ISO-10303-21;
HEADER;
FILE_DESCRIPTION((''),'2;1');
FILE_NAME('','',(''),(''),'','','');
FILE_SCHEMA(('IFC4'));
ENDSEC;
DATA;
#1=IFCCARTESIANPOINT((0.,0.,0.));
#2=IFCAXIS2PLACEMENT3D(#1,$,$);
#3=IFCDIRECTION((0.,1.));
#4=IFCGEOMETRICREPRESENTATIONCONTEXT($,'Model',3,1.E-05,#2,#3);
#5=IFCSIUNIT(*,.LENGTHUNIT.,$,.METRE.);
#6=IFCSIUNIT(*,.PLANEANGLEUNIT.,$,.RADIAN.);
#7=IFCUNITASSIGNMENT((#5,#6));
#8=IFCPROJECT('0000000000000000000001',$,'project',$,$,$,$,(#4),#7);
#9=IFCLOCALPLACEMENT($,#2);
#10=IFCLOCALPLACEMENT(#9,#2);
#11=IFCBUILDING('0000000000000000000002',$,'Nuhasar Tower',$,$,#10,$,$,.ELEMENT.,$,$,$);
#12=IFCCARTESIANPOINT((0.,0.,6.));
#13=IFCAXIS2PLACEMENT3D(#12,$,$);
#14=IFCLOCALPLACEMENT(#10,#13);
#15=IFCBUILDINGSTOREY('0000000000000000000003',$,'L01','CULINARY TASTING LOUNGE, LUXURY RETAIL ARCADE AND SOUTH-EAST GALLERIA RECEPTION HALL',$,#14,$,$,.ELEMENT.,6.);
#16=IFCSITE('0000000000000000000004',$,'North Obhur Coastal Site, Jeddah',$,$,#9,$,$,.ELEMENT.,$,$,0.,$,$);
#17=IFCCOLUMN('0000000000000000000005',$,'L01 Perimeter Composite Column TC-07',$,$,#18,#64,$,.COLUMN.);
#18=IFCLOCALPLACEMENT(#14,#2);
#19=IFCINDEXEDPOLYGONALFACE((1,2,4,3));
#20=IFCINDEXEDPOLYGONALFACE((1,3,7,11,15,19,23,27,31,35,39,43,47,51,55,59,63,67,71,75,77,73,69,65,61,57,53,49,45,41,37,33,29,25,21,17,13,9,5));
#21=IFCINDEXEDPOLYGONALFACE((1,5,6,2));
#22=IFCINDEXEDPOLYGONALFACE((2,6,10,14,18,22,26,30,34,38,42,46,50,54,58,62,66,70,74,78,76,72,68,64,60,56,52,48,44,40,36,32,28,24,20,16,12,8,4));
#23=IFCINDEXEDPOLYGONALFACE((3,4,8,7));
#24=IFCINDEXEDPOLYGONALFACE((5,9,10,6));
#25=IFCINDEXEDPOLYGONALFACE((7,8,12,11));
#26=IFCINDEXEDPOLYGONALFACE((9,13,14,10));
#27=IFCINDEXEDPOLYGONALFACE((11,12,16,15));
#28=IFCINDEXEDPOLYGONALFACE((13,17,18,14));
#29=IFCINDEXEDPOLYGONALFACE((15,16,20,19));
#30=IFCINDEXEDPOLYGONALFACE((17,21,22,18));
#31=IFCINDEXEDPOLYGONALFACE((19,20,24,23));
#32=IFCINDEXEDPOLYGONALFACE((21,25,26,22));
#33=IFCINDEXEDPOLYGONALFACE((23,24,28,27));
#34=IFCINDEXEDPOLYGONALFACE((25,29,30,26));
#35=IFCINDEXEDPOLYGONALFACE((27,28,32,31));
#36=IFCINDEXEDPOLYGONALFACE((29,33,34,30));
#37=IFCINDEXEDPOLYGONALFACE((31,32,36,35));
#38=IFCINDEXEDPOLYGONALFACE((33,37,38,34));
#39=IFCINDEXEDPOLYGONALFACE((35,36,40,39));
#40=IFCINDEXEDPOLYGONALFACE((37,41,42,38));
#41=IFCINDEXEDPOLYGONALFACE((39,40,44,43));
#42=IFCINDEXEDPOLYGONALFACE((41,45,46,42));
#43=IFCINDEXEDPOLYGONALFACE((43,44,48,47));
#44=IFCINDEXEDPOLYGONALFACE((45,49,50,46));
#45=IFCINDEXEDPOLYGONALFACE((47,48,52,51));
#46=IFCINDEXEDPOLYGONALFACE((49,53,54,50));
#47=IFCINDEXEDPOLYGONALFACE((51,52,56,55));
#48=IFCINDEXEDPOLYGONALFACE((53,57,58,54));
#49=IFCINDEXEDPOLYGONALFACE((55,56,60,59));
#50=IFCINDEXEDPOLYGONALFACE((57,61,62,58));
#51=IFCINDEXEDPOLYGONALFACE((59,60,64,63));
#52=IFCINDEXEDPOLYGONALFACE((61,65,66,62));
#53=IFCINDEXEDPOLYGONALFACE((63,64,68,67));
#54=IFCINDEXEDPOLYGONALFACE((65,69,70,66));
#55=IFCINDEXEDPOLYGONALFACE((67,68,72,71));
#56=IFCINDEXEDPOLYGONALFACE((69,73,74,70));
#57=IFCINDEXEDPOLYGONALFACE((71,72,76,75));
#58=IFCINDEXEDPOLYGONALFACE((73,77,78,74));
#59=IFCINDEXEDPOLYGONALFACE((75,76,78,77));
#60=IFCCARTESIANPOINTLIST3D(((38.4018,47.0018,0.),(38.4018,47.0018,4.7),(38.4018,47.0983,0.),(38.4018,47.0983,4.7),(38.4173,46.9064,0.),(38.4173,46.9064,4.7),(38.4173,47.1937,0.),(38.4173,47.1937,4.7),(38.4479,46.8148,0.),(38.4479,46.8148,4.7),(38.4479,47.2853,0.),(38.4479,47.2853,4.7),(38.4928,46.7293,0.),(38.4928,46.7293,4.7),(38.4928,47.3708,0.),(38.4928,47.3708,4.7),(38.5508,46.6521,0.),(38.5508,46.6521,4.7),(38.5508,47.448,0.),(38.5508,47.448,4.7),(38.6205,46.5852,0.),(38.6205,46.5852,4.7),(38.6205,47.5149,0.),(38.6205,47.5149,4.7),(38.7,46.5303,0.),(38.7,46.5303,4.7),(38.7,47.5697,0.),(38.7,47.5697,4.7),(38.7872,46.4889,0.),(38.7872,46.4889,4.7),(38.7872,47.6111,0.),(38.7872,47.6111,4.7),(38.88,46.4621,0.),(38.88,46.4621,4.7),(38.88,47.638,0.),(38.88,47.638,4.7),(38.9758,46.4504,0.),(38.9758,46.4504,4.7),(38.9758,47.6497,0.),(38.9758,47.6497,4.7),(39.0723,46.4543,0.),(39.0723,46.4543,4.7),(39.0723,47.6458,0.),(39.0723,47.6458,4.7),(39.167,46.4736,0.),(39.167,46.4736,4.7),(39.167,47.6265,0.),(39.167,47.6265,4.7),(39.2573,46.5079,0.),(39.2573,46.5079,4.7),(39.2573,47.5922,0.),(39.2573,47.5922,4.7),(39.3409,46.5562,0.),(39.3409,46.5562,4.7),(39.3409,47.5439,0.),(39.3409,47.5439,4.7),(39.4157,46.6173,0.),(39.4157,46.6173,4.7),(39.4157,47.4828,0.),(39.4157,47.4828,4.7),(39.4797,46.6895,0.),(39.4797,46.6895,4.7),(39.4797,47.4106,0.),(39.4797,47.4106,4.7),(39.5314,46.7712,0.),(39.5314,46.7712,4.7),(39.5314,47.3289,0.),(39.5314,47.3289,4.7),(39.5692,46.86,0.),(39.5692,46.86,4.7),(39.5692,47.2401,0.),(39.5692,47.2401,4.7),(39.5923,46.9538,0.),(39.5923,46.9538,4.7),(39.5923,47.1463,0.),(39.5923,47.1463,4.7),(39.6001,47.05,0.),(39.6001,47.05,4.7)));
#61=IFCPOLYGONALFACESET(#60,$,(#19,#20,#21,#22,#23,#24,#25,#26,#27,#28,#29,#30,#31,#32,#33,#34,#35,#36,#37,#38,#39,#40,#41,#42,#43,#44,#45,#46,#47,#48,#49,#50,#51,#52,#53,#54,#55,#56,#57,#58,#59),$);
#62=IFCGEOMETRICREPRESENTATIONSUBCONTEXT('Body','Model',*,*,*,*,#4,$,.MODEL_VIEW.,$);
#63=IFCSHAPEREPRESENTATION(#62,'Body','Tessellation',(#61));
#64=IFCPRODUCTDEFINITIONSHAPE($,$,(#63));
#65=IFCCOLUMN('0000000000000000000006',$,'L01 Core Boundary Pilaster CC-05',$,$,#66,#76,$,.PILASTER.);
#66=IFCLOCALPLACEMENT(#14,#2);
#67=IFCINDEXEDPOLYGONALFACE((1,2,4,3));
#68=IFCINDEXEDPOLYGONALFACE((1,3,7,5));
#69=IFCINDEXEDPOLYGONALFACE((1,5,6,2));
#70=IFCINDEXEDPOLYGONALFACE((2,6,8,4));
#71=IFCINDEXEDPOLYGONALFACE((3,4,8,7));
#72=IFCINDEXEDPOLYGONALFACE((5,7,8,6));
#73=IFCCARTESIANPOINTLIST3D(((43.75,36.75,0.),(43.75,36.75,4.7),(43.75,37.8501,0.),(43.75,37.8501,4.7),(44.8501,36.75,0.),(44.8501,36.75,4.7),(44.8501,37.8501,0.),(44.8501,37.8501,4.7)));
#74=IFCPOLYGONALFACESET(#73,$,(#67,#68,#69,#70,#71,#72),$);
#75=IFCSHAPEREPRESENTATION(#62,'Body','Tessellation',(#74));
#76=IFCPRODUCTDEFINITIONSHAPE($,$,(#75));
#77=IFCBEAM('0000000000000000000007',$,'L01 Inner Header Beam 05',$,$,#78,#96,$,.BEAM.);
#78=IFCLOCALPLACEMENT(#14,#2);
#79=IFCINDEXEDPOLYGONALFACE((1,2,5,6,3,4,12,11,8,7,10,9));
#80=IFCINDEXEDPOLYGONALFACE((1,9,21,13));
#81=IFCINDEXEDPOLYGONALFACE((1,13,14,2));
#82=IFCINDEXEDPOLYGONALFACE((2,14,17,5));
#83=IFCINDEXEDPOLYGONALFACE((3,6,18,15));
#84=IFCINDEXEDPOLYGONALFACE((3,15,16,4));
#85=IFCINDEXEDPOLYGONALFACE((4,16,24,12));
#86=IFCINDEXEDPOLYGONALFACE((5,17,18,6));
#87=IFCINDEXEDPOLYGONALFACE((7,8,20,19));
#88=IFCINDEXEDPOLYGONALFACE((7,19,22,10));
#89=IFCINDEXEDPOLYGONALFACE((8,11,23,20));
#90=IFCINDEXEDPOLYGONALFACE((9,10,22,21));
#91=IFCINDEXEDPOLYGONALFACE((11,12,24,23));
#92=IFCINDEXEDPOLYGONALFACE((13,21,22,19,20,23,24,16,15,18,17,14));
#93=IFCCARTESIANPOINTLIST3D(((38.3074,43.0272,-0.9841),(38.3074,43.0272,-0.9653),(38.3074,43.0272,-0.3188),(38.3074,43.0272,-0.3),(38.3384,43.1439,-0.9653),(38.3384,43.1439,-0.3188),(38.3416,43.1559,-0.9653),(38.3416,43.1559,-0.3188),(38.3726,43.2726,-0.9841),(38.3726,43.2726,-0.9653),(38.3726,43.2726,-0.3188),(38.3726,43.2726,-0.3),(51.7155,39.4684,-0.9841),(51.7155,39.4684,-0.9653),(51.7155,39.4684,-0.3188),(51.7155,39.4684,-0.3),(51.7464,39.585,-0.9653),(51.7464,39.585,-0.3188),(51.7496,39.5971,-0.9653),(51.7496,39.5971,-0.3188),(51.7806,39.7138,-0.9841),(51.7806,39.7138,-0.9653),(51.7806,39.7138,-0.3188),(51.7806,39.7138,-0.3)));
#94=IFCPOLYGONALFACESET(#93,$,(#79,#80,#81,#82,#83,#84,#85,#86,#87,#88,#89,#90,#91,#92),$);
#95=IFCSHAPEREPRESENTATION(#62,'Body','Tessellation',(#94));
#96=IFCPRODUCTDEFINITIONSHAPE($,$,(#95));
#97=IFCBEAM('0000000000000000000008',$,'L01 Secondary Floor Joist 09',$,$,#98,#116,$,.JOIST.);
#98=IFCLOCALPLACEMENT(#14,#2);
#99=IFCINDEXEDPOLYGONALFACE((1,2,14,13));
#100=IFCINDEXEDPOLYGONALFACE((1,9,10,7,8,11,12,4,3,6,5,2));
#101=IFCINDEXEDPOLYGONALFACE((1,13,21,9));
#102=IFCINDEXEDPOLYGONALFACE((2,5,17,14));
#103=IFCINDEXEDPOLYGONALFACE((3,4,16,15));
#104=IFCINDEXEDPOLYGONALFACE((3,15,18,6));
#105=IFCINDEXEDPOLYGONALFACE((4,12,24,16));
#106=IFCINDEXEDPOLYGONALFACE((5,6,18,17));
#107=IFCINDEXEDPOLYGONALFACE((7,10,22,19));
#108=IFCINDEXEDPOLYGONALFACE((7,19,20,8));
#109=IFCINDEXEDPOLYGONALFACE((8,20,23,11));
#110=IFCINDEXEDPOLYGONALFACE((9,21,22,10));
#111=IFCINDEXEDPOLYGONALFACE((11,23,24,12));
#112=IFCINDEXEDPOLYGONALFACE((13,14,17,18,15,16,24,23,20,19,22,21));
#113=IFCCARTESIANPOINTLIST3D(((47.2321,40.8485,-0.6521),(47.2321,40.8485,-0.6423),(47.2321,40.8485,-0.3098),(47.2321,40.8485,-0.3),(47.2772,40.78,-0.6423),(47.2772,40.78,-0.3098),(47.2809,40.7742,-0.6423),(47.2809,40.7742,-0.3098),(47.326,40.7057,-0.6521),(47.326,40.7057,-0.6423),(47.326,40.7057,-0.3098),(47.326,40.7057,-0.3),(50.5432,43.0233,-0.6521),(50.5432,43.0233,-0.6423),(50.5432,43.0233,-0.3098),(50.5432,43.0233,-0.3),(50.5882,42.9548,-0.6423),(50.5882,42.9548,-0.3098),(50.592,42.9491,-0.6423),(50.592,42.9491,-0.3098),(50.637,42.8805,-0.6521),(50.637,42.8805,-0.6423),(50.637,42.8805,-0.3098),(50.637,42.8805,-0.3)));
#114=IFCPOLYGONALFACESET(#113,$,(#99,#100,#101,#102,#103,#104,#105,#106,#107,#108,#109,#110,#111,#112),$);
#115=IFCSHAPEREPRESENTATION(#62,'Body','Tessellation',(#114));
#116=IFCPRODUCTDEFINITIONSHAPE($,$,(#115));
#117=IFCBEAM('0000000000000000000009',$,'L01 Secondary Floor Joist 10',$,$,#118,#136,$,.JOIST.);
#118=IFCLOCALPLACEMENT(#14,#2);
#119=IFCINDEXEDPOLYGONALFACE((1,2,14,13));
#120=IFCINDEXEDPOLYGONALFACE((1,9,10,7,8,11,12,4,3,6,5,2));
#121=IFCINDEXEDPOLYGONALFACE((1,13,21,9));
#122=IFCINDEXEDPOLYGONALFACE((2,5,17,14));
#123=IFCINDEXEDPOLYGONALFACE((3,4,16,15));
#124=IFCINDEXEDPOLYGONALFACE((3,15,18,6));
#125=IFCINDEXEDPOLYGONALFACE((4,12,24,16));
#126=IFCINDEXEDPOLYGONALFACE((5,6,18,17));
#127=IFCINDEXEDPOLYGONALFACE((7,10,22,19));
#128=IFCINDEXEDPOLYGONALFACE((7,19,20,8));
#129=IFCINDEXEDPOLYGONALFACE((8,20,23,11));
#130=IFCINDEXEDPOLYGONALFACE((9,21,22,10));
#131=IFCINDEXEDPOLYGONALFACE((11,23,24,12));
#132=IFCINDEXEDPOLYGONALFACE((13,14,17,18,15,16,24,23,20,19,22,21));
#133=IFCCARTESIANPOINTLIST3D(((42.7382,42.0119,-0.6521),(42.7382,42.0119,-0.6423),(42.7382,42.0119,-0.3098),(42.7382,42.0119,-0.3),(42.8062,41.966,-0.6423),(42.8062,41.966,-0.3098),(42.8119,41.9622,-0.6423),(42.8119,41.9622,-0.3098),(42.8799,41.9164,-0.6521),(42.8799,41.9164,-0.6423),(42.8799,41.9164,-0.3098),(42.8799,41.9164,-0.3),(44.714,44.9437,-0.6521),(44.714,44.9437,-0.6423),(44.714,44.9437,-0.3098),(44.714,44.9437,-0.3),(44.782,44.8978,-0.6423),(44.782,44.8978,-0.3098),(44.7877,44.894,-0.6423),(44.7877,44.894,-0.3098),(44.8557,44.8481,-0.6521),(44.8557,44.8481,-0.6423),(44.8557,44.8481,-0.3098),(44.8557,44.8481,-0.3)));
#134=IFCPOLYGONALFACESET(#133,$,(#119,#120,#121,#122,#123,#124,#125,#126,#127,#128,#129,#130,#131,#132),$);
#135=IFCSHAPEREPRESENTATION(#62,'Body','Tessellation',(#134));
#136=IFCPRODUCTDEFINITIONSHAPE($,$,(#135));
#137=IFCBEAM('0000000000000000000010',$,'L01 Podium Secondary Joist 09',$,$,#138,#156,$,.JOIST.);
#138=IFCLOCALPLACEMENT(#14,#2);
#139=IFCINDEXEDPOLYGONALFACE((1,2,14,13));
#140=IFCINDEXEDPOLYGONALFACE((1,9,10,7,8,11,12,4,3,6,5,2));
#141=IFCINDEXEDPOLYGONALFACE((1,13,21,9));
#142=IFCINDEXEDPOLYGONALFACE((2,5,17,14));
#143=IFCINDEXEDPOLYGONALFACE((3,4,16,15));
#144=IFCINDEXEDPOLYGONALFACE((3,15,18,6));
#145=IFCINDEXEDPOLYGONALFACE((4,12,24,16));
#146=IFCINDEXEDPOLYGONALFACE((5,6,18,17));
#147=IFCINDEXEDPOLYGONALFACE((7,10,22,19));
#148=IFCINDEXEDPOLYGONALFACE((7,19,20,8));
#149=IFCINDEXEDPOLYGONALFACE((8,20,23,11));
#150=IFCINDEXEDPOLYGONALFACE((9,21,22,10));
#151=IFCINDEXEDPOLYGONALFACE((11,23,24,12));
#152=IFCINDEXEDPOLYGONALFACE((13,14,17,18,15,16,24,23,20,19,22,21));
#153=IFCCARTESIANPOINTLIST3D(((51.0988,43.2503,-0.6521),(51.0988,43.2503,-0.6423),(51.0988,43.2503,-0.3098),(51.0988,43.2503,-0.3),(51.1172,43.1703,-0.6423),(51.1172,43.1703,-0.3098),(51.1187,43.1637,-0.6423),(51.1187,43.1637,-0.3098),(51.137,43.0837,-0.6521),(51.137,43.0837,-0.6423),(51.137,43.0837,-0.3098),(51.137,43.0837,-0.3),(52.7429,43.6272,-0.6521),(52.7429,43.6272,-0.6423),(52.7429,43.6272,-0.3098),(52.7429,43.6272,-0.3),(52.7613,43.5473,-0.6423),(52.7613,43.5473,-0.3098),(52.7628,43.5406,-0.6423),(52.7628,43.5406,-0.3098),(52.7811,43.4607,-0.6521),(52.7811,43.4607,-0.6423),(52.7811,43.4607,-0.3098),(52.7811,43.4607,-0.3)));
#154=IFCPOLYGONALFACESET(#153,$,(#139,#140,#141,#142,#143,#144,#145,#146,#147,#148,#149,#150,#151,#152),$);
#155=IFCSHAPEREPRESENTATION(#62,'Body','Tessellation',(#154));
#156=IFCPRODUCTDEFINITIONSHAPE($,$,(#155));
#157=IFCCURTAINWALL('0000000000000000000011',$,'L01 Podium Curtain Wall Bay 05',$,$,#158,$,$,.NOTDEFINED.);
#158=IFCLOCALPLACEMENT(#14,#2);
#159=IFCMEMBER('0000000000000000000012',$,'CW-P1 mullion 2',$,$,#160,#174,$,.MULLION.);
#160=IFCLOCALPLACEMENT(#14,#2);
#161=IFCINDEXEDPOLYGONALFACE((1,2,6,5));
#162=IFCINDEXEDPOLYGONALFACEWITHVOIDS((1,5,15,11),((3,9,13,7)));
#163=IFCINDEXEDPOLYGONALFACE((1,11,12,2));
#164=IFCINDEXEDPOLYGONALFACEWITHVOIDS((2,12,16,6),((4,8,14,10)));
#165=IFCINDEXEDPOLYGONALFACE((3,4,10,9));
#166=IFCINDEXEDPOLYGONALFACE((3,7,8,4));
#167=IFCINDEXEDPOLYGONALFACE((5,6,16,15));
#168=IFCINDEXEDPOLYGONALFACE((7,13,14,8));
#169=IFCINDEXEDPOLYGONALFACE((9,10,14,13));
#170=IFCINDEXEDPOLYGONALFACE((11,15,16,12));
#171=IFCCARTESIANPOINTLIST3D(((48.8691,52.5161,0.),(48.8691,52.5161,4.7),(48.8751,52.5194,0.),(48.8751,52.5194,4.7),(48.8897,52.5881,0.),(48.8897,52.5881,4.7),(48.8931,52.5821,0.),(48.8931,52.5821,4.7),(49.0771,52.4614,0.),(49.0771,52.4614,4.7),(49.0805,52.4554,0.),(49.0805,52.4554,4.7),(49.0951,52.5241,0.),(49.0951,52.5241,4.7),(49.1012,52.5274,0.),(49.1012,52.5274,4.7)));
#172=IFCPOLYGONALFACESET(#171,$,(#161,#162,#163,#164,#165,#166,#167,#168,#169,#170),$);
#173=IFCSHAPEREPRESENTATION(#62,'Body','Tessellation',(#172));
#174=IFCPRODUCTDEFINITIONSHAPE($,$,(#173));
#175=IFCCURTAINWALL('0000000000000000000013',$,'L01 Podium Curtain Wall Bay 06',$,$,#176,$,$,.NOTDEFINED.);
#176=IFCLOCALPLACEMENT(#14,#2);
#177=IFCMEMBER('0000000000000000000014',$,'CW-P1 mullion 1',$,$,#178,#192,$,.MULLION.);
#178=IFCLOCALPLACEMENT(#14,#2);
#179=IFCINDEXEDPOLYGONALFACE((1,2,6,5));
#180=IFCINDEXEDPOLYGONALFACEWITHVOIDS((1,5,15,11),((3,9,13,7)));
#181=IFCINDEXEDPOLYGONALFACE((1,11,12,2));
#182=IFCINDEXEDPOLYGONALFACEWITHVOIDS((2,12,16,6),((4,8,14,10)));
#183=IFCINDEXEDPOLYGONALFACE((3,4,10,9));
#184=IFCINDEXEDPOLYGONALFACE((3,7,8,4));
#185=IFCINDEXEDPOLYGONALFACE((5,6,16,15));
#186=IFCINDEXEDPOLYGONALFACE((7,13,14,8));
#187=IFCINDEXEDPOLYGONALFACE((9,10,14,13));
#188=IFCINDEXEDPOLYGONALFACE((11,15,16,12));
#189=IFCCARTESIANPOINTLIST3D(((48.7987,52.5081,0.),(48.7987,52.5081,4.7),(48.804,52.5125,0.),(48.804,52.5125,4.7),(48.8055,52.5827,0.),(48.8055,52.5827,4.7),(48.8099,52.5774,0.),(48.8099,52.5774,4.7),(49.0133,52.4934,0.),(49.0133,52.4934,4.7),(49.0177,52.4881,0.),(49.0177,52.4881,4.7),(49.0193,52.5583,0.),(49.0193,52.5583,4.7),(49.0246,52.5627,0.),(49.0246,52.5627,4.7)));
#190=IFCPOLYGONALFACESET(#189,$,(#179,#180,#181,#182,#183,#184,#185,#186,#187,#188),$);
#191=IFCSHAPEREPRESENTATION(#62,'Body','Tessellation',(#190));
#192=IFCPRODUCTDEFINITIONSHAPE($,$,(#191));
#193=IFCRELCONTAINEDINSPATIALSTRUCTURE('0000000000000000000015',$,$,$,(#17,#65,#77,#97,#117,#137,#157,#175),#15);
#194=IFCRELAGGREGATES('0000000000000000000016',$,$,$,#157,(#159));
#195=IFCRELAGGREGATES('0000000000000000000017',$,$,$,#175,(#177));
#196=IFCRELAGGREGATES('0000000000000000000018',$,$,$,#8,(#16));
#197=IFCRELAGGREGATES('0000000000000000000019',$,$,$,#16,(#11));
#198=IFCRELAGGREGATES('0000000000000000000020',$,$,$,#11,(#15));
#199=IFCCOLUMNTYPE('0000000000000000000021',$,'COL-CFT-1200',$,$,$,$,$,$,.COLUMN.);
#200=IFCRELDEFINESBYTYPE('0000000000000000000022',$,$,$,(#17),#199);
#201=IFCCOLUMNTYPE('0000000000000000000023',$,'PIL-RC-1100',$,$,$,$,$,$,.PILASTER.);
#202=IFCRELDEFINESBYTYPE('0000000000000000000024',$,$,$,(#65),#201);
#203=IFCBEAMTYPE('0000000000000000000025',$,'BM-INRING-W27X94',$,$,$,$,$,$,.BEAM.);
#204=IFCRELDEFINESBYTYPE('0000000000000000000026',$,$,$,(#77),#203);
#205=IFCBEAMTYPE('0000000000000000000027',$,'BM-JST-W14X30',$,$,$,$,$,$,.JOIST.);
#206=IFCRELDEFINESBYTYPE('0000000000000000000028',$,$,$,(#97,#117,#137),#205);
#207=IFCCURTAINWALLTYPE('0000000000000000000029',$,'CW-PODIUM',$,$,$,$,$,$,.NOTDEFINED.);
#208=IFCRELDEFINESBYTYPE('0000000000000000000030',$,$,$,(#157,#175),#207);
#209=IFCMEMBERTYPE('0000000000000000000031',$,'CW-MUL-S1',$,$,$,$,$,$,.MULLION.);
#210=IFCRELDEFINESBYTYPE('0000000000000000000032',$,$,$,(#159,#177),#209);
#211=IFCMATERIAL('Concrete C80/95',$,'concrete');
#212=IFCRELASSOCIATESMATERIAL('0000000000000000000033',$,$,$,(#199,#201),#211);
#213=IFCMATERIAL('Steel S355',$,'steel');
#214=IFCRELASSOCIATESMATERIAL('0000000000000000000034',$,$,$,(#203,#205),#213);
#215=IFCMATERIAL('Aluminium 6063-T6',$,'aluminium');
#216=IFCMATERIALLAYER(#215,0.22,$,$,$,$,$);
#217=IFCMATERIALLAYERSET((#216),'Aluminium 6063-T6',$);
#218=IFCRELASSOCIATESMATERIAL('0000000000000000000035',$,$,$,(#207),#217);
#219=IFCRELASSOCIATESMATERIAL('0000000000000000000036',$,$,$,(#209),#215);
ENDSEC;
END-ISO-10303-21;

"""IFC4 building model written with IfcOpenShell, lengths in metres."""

from ifc_helpers import new_model, si_unit, direction, frame, origin, origin_2d, place, context, subcontext, project, spatial, rectangle, hollow_rectangle, circle, i_section, extrude, material, layer, layer_set, material_profile, profile_set, type_object, element, aggregate, save


model = new_model("IFC4")

# Units and contexts
model_context = context("Model", 3, precision=1e-05, world=origin(), true_north=direction((0.0, 1.0)))
body_context = subcontext(model_context, "Body", "Model", "MODEL_VIEW")
ifc_project = project(units=[si_unit("LENGTHUNIT", "METRE"), si_unit("PLANEANGLEUNIT", "RADIAN")], contexts=[model_context])

# Site, building, storey
site_placement = place(None, origin())
site = spatial("IfcSite", under=ifc_project, at=site_placement, Name="North Obhur Coastal Site, Jeddah", CompositionType="ELEMENT", RefElevation=0.0)
building_placement = place(site_placement, origin())
building = spatial("IfcBuilding", under=site, at=building_placement, Name="Nuhasar Tower", CompositionType="ELEMENT")
storey_placement = place(building_placement, frame((0.0, 0.0, 6.0)))
storey = spatial("IfcBuildingStorey", under=building, at=storey_placement, Name="L01", Description="CULINARY TASTING LOUNGE, LUXURY RETAIL ARCADE AND SOUTH-EAST GALLERIA RECEPTION HALL", CompositionType="ELEMENT", Elevation=6.0)

# Columns
ifc_material_1 = material(Name="Concrete C80/95", Category="concrete")
ifc_material_profile_1 = material_profile(ifc_material_1, circle(Radius=0.6001, at=origin_2d()), Name="CFT1200")
ifc_profile_set_1 = profile_set([ifc_material_profile_1], Name="Concrete C80/95")
column_type_1 = type_object("IfcColumnType", Name="COL-CFT-1200", PredefinedType="COLUMN", material=ifc_profile_set_1)
column_1_placement = place(storey_placement, frame((39.0, 47.05, 0.0), z_axis=(0.0, 0.0, 1.0), x_axis=(1.0, 0.0, 0.0)))
element("IfcColumn", 1, at=column_1_placement, inside=storey, type_object=column_type_1, Name="L01 Perimeter Composite Column TC-07", PredefinedType="COLUMN", context=body_context, shape_type="SweptSolid", body=[
    extrude(circle(Radius=0.6001, at=origin_2d()), origin(), (0.0, 0.0, 1.0), 4.7),
])
ifc_material_profile_2 = material_profile(ifc_material_1, rectangle(XDim=1.1001, YDim=1.1001, at=origin_2d()), Name="RC1100X1100")
ifc_profile_set_2 = profile_set([ifc_material_profile_2], Name="Concrete C80/95")
column_type_2 = type_object("IfcColumnType", Name="PIL-RC-1100", PredefinedType="PILASTER", material=ifc_profile_set_2)
column_2_placement = place(storey_placement, frame((44.3, 37.3, 0.0), z_axis=(0.0, 0.0, 1.0), x_axis=(1.0, 0.0, 0.0)))
element("IfcColumn", 2, at=column_2_placement, inside=storey, type_object=column_type_2, Name="L01 Core Boundary Pilaster CC-05", PredefinedType="PILASTER", context=body_context, shape_type="SweptSolid", body=[
    extrude(rectangle(XDim=1.1001, YDim=1.1001, at=origin_2d()), origin(), (0.0, 0.0, 1.0), 4.7),
])

# Beams
ifc_material_2 = material(Name="Steel S355", Category="steel")
ifc_material_profile_3 = material_profile(ifc_material_2, i_section(OverallWidth=0.2539, OverallDepth=0.6841, WebThickness=0.0125, FlangeThickness=0.0188, at=origin_2d()), Name="W27X94")
ifc_profile_set_3 = profile_set([ifc_material_profile_3], Name="Steel S355")
beam_type_1 = type_object("IfcBeamType", Name="BM-INRING-W27X94", PredefinedType="BEAM", material=ifc_profile_set_3)
beam_1_placement = place(storey_placement, frame((51.748, 39.5911, -0.6421), z_axis=(-0.966533, 0.256544, 0.0), x_axis=(-0.256544, -0.966533, 0.0)))
element("IfcBeam", 3, at=beam_1_placement, inside=storey, type_object=beam_type_1, Name="L01 Inner Header Beam 05", PredefinedType="BEAM", context=body_context, shape_type="SweptSolid", body=[
    extrude(i_section(OverallWidth=0.2539, OverallDepth=0.6841, WebThickness=0.0125, FlangeThickness=0.0188, at=origin_2d()), origin(), (0.0, 0.0, 1.0), 13.8723),
])
ifc_material_profile_4 = material_profile(ifc_material_2, i_section(OverallWidth=0.1709, OverallDepth=0.3521, WebThickness=0.0068, FlangeThickness=0.0098, at=origin_2d()), Name="W14X30")
ifc_profile_set_4 = profile_set([ifc_material_profile_4], Name="Steel S355")
beam_type_2 = type_object("IfcBeamType", Name="BM-JST-W14X30", PredefinedType="JOIST", material=ifc_profile_set_4)
beam_2_placement = place(storey_placement, frame((47.2791, 40.7771, -0.4761), z_axis=(0.835823, 0.548998, 0.0), x_axis=(-0.548998, 0.835823, 0.0)))
element("IfcBeam", 4, at=beam_2_placement, inside=storey, type_object=beam_type_2, Name="L01 Secondary Floor Joist 09", PredefinedType="JOIST", context=body_context, shape_type="SweptSolid", body=[
    extrude(i_section(OverallWidth=0.1709, OverallDepth=0.3521, WebThickness=0.0068, FlangeThickness=0.0098, at=origin_2d()), origin(), (0.0, 0.0, 1.0), 3.9614),
])
beam_3_placement = place(storey_placement, frame((42.8091, 41.9641, -0.4761), z_axis=(0.558852, 0.829267, 0.0), x_axis=(-0.829267, 0.558852, 0.0)))
element("IfcBeam", 5, at=beam_3_placement, inside=storey, type_object=beam_type_2, Name="L01 Secondary Floor Joist 10", PredefinedType="JOIST", context=body_context, shape_type="SweptSolid", body=[
    extrude(i_section(OverallWidth=0.1709, OverallDepth=0.3521, WebThickness=0.0068, FlangeThickness=0.0098, at=origin_2d()), origin(), (0.0, 0.0, 1.0), 3.5354),
])
beam_4_placement = place(storey_placement, frame((51.1179, 43.167, -0.4761), z_axis=(0.974707, 0.223485, 0.0), x_axis=(-0.223485, 0.974707, 0.0)))
element("IfcBeam", 6, at=beam_4_placement, inside=storey, type_object=beam_type_2, Name="L01 Podium Secondary Joist 09", PredefinedType="JOIST", context=body_context, shape_type="SweptSolid", body=[
    extrude(i_section(OverallWidth=0.1709, OverallDepth=0.3521, WebThickness=0.0068, FlangeThickness=0.0098, at=origin_2d()), origin(), (0.0, 0.0, 1.0), 1.6868),
])

# Curtain wall, member
ifc_material_3 = material(Name="Aluminium 6063-T6", Category="aluminium")
ifc_layer_1 = layer(ifc_material_3, 0.22)
ifc_layer_set_1 = layer_set([ifc_layer_1], Name="Aluminium 6063-T6")
curtain_wall_type = type_object("IfcCurtainWallType", Name="CW-PODIUM", PredefinedType="NOTDEFINED", material=ifc_layer_set_1)
curtain_wall_1_placement = place(storey_placement, origin())
curtain_wall_1 = element("IfcCurtainWall", 7, at=curtain_wall_1_placement, inside=storey, type_object=curtain_wall_type, Name="L01 Podium Curtain Wall Bay 05", PredefinedType="NOTDEFINED")
ifc_material_profile_5 = material_profile(ifc_material_3, hollow_rectangle(XDim=0.075, YDim=0.22, WallThickness=0.0049, at=origin_2d()), Name="CWM-1")
ifc_profile_set_5 = profile_set([ifc_material_profile_5], Name="Aluminium 6063-T6")
member_type_1 = type_object("IfcMemberType", Name="CW-MUL-S1", PredefinedType="MULLION", material=ifc_profile_set_5)
member_1_placement = place(storey_placement, frame((48.9851, 52.5217, 0.0), z_axis=(0.0, 0.0, 1.0), x_axis=(-0.275885, -0.961191, 0.0)))
member_1 = element("IfcMember", 8, at=member_1_placement, type_object=member_type_1, Name="CW-P1 mullion 2", PredefinedType="MULLION", context=body_context, shape_type="SweptSolid", body=[
    extrude(hollow_rectangle(XDim=0.075, YDim=0.22, WallThickness=0.0049, at=origin_2d()), origin(), (0.0, 0.0, 1.0), 4.7),
])

# Curtain wall, member
curtain_wall_2_placement = place(storey_placement, origin())
curtain_wall_2 = element("IfcCurtainWall", 9, at=curtain_wall_2_placement, inside=storey, type_object=curtain_wall_type, Name="L01 Podium Curtain Wall Bay 06", PredefinedType="NOTDEFINED")
member_2_placement = place(storey_placement, frame((48.9116, 52.5354, 0.0), z_axis=(0.0, 0.0, 1.0), x_axis=(-0.090888, -0.995861, 0.0)))
member_2 = element("IfcMember", 10, at=member_2_placement, type_object=member_type_1, Name="CW-P1 mullion 1", PredefinedType="MULLION", context=body_context, shape_type="SweptSolid", body=[
    extrude(hollow_rectangle(XDim=0.075, YDim=0.22, WallThickness=0.0049, at=origin_2d()), origin(), (0.0, 0.0, 1.0), 4.7),
])

aggregate(curtain_wall_1, [member_1])
aggregate(curtain_wall_2, [member_2])

save(model, "model.ifc")
